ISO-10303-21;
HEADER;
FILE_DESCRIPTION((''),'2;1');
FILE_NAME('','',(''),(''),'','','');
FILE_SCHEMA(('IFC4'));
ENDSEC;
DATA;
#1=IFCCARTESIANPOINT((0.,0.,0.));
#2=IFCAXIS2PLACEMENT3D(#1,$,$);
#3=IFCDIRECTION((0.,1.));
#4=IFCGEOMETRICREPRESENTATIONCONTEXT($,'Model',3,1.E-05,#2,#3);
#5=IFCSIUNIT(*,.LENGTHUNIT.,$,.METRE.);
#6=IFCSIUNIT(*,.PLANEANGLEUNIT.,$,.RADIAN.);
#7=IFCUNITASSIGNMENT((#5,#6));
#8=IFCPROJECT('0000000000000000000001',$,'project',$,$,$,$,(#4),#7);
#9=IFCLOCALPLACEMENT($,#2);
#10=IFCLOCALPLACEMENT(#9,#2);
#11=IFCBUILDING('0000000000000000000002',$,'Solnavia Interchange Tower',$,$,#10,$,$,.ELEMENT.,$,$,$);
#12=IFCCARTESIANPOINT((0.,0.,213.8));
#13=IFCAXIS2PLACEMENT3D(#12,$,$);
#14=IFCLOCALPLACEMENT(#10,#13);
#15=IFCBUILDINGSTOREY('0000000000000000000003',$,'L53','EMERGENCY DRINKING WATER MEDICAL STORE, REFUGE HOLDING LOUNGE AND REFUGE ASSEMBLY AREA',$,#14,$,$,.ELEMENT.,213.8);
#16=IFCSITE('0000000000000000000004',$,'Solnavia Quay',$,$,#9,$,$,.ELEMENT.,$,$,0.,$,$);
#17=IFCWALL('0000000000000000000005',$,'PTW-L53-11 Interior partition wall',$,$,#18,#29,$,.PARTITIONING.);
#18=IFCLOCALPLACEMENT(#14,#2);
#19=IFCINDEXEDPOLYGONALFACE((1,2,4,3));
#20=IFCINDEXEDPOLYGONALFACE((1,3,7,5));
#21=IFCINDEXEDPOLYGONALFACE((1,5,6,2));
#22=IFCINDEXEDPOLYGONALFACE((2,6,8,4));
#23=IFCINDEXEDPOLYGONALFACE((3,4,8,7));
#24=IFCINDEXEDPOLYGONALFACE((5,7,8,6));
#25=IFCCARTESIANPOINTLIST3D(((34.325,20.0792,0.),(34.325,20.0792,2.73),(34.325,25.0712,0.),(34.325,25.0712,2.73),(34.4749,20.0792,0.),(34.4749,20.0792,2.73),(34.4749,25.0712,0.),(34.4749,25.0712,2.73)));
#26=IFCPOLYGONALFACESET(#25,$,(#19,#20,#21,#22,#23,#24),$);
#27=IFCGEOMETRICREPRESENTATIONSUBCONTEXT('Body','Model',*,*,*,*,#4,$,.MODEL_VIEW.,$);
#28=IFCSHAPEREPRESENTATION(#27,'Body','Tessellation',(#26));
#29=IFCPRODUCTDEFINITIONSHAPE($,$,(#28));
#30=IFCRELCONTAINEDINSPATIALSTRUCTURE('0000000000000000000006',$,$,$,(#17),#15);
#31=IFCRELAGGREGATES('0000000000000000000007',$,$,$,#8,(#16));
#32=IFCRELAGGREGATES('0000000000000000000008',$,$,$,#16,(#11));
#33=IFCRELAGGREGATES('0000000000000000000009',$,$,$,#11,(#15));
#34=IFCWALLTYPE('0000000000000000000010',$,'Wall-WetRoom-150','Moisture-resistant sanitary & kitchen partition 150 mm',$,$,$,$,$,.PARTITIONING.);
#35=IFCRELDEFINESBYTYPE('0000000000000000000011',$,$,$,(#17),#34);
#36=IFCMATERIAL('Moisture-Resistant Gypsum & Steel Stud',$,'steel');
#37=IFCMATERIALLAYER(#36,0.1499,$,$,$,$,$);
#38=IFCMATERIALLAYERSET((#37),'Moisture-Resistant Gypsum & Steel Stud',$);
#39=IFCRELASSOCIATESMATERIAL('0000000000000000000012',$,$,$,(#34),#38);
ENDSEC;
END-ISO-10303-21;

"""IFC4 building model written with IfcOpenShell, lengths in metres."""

from ifc_helpers import new_model, si_unit, direction, frame, frame_2d, origin, place, context, subcontext, project, spatial, rectangle, extrude, material, layer, layer_set, type_object, element, save


model = new_model("IFC4")

# Units and contexts
model_context = context("Model", 3, precision=1e-05, world=origin(), true_north=direction((0.0, 1.0)))
body_context = subcontext(model_context, "Body", "Model", "MODEL_VIEW")
ifc_project = project(units=[si_unit("LENGTHUNIT", "METRE"), si_unit("PLANEANGLEUNIT", "RADIAN")], contexts=[model_context])

# Site, building, storey
site_placement = place(None, origin())
site = spatial("IfcSite", under=ifc_project, at=site_placement, Name="Solnavia Quay", CompositionType="ELEMENT", RefElevation=0.0)
building_placement = place(site_placement, origin())
building = spatial("IfcBuilding", under=site, at=building_placement, Name="Solnavia Interchange Tower", CompositionType="ELEMENT")
storey_placement = place(building_placement, frame((0.0, 0.0, 213.8)))
storey = spatial("IfcBuildingStorey", under=building, at=storey_placement, Name="L53", Description="EMERGENCY DRINKING WATER MEDICAL STORE, REFUGE HOLDING LOUNGE AND REFUGE ASSEMBLY AREA", CompositionType="ELEMENT", Elevation=213.8)

# Shared definitions
ifc_material_1 = material(Name="Moisture-Resistant Gypsum & Steel Stud", Category="steel")
ifc_layer_1 = layer(ifc_material_1, 0.1499)
ifc_layer_set_1 = layer_set([ifc_layer_1], Name="Moisture-Resistant Gypsum & Steel Stud")
wall_type_1 = type_object("IfcWallType", Name="Wall-WetRoom-150", Description="Moisture-resistant sanitary & kitchen partition 150 mm", PredefinedType="PARTITIONING", material=ifc_layer_set_1)

# Wall
wall_1_placement = place(storey_placement, frame((34.3999, 20.0791, 0.0), z_axis=(0.0, 0.0, 1.0), x_axis=(0.0, 1.0, 0.0)))
element("IfcWall", 1, at=wall_1_placement, inside=storey, type_object=wall_type_1, Name="PTW-L53-11 Interior partition wall", PredefinedType="PARTITIONING", context=body_context, shape_type="SweptSolid", body=[
    extrude(rectangle(XDim=4.9919, YDim=0.1499, at=frame_2d((2.4961, 0.0))), origin(), (0.0, 0.0, 1.0), 2.73),
])

save(model, "model.ifc")
